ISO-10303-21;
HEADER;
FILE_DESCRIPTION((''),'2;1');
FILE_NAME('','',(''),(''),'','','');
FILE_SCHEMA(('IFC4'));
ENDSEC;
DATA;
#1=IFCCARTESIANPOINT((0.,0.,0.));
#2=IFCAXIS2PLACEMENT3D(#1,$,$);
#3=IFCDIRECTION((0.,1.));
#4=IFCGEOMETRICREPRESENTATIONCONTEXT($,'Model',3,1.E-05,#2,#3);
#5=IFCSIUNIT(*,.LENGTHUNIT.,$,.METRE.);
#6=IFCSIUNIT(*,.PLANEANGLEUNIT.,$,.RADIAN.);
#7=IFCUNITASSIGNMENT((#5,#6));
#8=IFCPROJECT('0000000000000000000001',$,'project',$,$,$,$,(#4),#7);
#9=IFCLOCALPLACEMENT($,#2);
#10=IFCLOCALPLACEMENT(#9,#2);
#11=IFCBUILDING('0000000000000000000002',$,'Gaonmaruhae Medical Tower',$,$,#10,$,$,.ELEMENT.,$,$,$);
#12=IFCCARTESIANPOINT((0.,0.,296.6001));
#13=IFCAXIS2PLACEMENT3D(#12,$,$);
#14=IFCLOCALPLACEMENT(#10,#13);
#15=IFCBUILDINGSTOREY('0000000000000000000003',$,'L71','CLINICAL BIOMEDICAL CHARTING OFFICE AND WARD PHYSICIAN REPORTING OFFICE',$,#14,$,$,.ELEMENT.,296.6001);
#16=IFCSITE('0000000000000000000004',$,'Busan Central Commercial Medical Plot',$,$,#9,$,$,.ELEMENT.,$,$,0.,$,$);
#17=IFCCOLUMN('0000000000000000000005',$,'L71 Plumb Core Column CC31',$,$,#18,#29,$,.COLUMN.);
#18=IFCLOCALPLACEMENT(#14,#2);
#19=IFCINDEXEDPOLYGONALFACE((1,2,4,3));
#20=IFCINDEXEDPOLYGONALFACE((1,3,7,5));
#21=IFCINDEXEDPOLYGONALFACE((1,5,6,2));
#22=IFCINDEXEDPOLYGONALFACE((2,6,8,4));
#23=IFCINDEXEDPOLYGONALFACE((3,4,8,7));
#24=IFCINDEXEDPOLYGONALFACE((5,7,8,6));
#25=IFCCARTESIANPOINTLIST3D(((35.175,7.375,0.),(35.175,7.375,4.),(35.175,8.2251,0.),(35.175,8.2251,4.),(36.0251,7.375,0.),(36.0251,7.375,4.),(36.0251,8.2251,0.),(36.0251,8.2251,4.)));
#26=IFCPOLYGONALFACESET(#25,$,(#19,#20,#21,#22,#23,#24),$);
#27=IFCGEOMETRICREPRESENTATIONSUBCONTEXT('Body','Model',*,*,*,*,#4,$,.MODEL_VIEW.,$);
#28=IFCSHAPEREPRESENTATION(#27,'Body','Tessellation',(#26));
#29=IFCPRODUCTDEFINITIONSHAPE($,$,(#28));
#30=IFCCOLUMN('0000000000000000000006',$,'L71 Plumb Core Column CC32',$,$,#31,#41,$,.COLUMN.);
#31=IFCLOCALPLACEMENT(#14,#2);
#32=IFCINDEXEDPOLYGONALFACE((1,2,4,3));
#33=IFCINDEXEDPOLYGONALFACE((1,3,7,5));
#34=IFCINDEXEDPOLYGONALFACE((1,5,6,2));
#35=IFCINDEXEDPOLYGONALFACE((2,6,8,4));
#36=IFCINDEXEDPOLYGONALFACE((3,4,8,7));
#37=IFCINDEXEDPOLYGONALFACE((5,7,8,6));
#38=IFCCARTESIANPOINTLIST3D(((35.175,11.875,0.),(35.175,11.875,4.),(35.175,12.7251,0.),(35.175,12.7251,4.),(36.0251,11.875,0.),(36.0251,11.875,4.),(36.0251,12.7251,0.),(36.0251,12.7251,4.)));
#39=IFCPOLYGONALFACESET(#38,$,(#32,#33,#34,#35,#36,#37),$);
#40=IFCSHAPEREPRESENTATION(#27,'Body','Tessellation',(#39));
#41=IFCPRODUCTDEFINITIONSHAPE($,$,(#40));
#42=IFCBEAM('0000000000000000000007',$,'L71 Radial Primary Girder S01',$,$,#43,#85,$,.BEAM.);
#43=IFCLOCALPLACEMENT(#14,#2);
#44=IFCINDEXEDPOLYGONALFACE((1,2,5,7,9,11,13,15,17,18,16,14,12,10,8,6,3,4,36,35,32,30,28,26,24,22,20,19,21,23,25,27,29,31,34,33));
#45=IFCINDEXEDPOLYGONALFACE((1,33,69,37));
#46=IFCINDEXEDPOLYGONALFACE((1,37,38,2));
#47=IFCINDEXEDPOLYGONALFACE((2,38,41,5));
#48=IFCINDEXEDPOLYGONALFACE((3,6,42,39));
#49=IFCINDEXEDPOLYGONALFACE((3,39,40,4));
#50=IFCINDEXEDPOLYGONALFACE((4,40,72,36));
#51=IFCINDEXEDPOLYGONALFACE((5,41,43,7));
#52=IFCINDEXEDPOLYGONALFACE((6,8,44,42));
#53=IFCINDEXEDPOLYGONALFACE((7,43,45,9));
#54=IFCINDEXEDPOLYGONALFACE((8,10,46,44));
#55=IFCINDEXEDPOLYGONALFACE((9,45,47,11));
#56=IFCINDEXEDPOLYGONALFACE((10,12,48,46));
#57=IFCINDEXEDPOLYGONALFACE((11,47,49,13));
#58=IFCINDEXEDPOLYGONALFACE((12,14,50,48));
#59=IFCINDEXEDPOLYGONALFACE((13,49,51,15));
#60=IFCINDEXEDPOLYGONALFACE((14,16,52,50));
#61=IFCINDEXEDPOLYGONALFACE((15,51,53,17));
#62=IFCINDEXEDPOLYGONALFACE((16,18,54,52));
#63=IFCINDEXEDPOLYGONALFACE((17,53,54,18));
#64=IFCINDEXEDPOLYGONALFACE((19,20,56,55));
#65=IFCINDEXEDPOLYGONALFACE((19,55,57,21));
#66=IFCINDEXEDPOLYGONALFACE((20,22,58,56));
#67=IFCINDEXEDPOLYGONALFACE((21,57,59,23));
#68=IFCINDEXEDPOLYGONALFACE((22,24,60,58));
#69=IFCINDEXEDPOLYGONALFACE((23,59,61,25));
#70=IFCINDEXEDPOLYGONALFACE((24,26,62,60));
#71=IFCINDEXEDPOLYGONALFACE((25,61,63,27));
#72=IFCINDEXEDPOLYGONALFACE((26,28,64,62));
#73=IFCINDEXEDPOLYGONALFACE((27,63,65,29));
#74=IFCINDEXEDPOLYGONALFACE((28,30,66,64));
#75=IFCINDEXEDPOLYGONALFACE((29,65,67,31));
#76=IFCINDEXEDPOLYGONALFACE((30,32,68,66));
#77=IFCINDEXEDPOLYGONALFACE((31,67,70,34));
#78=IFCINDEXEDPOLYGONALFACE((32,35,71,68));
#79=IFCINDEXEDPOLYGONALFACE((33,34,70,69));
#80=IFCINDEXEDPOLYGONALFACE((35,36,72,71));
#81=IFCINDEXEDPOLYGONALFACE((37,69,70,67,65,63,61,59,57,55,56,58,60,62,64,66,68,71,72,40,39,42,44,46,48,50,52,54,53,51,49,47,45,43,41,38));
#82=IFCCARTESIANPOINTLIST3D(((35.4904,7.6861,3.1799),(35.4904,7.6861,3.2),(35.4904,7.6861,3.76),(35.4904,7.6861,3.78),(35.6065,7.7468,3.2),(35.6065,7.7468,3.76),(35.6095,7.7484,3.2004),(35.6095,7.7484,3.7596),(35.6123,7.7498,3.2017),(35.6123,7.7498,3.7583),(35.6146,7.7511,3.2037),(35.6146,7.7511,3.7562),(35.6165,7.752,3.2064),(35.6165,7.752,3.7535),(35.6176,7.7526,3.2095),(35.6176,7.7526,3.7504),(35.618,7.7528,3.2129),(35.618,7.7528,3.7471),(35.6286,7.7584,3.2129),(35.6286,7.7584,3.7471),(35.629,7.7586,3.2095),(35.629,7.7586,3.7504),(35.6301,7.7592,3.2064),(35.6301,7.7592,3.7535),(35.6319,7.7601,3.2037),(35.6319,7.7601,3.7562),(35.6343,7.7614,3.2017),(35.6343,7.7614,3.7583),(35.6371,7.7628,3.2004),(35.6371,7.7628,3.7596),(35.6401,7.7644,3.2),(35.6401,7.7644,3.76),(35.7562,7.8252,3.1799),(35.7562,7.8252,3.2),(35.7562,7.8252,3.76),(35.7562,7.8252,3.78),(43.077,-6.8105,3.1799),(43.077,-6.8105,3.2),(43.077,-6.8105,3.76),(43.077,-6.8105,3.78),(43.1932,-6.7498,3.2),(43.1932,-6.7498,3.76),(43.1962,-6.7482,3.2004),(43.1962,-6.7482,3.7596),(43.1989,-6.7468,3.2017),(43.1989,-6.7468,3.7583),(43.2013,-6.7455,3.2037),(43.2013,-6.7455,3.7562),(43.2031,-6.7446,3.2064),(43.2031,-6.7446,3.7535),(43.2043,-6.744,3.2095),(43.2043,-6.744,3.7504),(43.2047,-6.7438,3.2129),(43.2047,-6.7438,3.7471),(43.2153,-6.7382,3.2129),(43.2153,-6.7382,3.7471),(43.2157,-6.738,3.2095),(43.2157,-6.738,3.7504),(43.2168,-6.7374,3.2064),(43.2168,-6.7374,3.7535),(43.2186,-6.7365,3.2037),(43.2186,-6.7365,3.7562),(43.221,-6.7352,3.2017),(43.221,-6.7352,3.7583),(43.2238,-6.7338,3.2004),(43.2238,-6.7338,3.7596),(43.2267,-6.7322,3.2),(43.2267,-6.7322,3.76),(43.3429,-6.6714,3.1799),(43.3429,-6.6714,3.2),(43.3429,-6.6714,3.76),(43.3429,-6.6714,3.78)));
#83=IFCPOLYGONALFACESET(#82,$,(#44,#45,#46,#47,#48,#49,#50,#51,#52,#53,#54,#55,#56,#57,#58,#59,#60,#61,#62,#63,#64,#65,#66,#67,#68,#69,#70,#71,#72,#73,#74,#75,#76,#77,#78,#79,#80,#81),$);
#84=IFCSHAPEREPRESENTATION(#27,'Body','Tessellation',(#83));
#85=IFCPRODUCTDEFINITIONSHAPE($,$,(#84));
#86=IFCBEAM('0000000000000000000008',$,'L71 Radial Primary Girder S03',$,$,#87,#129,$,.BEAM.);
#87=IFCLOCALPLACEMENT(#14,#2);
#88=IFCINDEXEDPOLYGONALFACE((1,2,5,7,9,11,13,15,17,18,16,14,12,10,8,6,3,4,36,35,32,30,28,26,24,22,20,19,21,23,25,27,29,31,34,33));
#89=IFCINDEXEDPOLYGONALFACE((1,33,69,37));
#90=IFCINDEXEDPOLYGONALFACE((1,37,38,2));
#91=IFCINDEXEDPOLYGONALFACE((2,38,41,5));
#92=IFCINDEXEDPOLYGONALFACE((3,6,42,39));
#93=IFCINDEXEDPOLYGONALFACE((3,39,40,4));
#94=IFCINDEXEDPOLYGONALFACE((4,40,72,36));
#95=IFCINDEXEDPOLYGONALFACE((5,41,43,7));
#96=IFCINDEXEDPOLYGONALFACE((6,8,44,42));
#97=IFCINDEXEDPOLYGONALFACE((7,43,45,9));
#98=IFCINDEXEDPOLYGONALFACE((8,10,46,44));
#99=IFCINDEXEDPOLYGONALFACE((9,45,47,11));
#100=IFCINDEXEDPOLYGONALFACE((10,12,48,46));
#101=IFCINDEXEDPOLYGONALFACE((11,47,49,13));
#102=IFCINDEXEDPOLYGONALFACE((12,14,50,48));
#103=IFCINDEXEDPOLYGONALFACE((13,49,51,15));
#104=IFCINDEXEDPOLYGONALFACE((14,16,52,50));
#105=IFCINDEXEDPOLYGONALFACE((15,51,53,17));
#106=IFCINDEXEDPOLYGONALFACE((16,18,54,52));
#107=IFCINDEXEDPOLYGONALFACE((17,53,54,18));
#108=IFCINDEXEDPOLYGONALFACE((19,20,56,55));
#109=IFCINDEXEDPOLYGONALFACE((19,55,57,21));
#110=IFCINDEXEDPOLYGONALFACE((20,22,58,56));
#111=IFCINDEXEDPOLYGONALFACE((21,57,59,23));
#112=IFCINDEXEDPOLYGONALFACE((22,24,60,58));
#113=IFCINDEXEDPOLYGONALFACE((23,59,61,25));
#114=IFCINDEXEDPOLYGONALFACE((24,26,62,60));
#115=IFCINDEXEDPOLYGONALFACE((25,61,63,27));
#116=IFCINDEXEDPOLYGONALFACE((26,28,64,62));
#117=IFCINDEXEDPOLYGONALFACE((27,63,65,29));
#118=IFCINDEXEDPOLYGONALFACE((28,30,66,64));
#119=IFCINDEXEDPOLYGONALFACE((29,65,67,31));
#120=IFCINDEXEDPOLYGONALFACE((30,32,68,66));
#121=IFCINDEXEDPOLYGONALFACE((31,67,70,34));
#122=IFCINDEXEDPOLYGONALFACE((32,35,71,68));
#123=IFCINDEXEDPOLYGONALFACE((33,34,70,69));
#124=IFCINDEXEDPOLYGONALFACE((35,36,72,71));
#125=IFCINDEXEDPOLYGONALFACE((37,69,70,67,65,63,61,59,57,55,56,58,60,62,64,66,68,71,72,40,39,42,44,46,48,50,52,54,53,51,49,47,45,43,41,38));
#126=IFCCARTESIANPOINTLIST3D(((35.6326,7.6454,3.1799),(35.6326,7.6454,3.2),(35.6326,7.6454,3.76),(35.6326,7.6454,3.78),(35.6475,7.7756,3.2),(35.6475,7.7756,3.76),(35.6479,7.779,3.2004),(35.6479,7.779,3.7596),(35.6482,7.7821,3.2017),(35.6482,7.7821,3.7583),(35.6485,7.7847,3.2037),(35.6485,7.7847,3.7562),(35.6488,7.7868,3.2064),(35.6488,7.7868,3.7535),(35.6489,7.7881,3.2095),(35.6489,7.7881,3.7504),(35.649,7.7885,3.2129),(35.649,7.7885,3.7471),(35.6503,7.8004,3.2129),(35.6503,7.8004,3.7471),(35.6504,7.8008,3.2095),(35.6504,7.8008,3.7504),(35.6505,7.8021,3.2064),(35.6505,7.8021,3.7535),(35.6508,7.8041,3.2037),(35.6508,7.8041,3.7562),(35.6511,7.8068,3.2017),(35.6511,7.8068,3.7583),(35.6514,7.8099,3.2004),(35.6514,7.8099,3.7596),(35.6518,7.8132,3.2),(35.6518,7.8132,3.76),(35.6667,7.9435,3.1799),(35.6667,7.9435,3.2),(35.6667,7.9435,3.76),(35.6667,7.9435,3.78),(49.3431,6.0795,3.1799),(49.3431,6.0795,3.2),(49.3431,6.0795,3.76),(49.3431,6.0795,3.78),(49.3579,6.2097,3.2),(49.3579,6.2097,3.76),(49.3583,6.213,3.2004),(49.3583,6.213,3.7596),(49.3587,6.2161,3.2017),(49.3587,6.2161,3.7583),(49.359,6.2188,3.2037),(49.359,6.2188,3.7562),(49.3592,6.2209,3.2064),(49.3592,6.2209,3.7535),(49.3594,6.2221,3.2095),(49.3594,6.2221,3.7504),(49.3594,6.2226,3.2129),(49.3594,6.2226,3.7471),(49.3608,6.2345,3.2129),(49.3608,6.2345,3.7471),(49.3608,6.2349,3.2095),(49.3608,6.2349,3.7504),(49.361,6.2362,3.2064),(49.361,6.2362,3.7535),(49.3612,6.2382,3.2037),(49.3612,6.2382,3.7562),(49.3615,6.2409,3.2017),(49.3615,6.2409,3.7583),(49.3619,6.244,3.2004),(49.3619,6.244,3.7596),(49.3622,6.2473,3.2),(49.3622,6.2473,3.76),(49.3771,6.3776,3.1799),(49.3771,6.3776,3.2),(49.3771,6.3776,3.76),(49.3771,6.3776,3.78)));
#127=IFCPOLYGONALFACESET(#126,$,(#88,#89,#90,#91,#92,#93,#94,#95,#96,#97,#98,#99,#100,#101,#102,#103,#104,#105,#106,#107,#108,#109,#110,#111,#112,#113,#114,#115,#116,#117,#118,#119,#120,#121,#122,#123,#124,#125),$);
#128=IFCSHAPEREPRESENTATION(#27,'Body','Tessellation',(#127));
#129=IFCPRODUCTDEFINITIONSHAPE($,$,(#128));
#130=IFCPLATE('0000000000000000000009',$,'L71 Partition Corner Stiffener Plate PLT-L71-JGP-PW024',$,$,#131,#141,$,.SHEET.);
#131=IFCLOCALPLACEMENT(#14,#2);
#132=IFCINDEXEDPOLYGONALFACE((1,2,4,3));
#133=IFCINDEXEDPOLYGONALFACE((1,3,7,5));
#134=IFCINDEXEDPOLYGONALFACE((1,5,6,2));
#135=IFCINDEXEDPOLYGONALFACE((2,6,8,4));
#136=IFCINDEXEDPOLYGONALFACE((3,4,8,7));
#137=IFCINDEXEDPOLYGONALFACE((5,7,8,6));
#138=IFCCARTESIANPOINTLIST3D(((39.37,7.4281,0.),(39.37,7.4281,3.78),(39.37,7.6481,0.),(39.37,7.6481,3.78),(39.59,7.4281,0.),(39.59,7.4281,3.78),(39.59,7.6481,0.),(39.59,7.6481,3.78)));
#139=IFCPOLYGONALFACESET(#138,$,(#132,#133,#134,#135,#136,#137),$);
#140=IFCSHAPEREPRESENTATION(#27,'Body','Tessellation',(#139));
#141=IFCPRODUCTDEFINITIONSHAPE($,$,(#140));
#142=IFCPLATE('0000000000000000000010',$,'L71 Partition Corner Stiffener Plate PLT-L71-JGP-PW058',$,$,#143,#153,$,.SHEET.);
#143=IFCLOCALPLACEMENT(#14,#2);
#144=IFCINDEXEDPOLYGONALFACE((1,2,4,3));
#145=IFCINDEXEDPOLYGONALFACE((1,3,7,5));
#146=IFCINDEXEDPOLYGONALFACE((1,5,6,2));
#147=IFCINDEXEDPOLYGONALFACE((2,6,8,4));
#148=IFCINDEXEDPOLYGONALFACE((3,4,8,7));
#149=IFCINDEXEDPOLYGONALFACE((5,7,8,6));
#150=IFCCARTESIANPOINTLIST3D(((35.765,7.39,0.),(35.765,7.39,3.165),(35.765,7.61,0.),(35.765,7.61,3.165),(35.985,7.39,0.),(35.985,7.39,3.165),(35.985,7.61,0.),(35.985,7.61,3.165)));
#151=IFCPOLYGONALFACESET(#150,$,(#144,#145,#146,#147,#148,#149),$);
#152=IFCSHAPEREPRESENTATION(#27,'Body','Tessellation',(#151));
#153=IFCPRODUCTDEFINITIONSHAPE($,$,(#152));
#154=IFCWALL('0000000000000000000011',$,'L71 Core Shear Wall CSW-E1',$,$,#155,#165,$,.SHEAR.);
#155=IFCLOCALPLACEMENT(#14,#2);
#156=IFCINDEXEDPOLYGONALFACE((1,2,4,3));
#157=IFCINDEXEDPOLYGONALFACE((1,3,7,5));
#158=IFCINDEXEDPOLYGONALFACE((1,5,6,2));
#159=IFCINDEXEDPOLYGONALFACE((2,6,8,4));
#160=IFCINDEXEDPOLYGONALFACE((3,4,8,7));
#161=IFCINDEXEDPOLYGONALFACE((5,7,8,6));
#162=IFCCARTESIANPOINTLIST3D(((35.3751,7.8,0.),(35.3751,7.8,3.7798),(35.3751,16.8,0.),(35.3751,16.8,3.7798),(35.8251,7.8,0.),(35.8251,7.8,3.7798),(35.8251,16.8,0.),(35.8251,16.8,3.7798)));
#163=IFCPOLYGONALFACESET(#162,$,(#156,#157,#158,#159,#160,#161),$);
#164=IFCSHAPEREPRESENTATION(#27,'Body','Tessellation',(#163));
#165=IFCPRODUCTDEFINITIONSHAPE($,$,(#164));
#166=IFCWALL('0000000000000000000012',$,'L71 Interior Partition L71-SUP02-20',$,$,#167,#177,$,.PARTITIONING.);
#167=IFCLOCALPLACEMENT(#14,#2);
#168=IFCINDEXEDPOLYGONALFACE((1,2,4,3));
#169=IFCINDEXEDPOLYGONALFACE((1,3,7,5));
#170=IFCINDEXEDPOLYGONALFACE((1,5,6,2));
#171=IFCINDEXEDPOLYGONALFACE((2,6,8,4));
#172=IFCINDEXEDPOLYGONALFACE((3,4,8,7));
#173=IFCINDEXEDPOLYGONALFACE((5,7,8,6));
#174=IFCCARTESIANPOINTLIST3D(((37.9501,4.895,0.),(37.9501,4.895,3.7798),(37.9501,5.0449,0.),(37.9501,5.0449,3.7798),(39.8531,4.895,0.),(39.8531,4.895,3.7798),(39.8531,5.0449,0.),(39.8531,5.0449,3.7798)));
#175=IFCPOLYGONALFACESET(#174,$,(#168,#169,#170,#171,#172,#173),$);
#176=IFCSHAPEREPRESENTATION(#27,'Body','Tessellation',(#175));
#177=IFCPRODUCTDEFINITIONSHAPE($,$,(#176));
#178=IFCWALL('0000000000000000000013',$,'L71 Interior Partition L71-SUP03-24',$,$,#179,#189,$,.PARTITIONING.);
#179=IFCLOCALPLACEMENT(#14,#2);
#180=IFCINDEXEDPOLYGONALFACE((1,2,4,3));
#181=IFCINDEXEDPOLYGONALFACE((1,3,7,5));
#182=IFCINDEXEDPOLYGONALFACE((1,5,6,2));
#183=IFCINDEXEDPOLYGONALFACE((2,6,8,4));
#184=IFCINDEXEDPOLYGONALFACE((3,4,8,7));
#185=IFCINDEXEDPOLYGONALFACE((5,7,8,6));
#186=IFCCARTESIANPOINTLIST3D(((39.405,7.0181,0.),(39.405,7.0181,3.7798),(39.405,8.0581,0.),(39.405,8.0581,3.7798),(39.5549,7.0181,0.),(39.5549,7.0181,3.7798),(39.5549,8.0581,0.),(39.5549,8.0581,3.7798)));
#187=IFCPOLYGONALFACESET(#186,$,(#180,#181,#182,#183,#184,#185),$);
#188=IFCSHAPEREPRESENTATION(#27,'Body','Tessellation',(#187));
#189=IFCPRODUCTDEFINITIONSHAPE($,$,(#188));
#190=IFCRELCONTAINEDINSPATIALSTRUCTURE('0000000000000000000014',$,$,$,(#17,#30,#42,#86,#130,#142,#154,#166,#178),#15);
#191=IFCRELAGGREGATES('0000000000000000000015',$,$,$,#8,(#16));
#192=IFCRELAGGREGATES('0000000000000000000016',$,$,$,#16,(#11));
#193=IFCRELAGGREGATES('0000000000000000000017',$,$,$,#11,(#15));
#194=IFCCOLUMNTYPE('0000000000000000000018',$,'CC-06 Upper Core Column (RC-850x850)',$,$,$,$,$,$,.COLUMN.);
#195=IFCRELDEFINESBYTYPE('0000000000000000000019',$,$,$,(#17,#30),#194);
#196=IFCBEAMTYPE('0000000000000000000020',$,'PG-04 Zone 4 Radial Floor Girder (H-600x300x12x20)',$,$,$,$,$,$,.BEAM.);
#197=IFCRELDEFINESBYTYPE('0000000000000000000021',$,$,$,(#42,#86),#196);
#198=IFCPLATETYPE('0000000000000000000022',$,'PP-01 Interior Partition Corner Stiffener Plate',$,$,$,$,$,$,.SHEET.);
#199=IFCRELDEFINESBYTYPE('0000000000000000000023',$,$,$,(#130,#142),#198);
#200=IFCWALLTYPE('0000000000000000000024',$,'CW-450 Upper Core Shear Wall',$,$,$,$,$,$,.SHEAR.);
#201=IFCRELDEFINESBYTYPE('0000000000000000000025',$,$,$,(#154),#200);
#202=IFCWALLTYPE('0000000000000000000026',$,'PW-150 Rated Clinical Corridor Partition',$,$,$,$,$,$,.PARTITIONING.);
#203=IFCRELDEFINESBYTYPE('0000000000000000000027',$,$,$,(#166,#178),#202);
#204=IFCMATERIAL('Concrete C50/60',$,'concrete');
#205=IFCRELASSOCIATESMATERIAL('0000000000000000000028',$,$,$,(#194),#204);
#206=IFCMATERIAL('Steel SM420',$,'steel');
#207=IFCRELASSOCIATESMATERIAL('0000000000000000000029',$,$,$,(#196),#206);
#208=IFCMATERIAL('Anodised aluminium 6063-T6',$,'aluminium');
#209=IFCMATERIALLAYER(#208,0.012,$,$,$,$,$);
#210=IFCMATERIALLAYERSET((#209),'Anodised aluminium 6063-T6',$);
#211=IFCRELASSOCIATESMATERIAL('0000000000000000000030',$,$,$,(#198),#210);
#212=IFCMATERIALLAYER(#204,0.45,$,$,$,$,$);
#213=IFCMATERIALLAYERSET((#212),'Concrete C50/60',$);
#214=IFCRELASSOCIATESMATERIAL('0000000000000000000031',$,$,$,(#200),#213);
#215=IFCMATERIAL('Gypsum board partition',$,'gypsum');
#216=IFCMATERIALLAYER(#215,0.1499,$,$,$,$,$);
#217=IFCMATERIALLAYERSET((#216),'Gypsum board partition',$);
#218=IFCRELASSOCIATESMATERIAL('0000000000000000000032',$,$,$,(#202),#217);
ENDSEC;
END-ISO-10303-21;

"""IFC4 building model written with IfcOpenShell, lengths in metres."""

from ifc_helpers import new_model, si_unit, direction, frame, frame_2d, origin, origin_2d, place, context, subcontext, project, spatial, rectangle, i_section, extrude, material, layer, layer_set, material_profile, profile_set, type_object, element, save


model = new_model("IFC4")

# Units and contexts
model_context = context("Model", 3, precision=1e-05, world=origin(), true_north=direction((0.0, 1.0)))
body_context = subcontext(model_context, "Body", "Model", "MODEL_VIEW")
ifc_project = project(units=[si_unit("LENGTHUNIT", "METRE"), si_unit("PLANEANGLEUNIT", "RADIAN")], contexts=[model_context])

# Site, building, storey
site_placement = place(None, origin())
site = spatial("IfcSite", under=ifc_project, at=site_placement, Name="Busan Central Commercial Medical Plot", CompositionType="ELEMENT", RefElevation=0.0)
building_placement = place(site_placement, origin())
building = spatial("IfcBuilding", under=site, at=building_placement, Name="Gaonmaruhae Medical Tower", CompositionType="ELEMENT")
storey_placement = place(building_placement, frame((0.0, 0.0, 296.6001)))
storey = spatial("IfcBuildingStorey", under=building, at=storey_placement, Name="L71", Description="CLINICAL BIOMEDICAL CHARTING OFFICE AND WARD PHYSICIAN REPORTING OFFICE", CompositionType="ELEMENT", Elevation=296.6001)

# Columns
ifc_material_1 = material(Name="Concrete C50/60", Category="concrete")
ifc_material_profile_1 = material_profile(ifc_material_1, rectangle(XDim=0.8501, YDim=0.8501, at=origin_2d()), Name="RC-850x850")
ifc_profile_set_1 = profile_set([ifc_material_profile_1], Name="Concrete C50/60")
column_type = type_object("IfcColumnType", Name="CC-06 Upper Core Column (RC-850x850)", PredefinedType="COLUMN", material=ifc_profile_set_1)
for number, where, z_axis, x_axis, name in (
    (1, (35.6001, 7.8, 0.0), (0.0, 0.0, 1.0), (1.0, 0.0, 0.0), "L71 Plumb Core Column CC31"),
    (2, (35.6001, 12.3, 0.0), (0.0, 0.0, 1.0), (1.0, 0.0, 0.0), "L71 Plumb Core Column CC32"),
):
    element("IfcColumn", number, at=place(storey_placement, frame(where, z_axis=z_axis, x_axis=x_axis)), inside=storey, type_object=column_type, Name=name, PredefinedType="COLUMN", context=body_context, shape_type="SweptSolid", body=[
        extrude(rectangle(XDim=0.8501, YDim=0.8501, at=origin_2d()), origin(), (0.0, 0.0, 1.0), 4.0),
    ])

# Beams
ifc_material_2 = material(Name="Steel SM420", Category="steel")
ifc_material_profile_2 = material_profile(ifc_material_2, i_section(OverallWidth=0.3, OverallDepth=0.6001, WebThickness=0.012, FlangeThickness=0.02, FilletRadius=0.0129, at=origin_2d()), Name="H-600x300x12x20")
ifc_profile_set_2 = profile_set([ifc_material_profile_2], Name="Steel SM420")
beam_type = type_object("IfcBeamType", Name="PG-04 Zone 4 Radial Floor Girder (H-600x300x12x20)", PredefinedType="BEAM", material=ifc_profile_set_2)
beam_1_placement = place(storey_placement, frame((35.6233, 7.7556, 3.48), z_axis=(0.463682, -0.886002, 0.0), x_axis=(0.886002, 0.463682, 0.0)))
element("IfcBeam", 3, at=beam_1_placement, inside=storey, type_object=beam_type, Name="L71 Radial Primary Girder S01", PredefinedType="BEAM", context=body_context, shape_type="SweptSolid", body=[
    extrude(i_section(OverallWidth=0.3, OverallDepth=0.6001, WebThickness=0.012, FlangeThickness=0.02, FilletRadius=0.0129, at=origin_2d()), origin(), (0.0, 0.0, 1.0), 16.3618),
])
beam_2_placement = place(storey_placement, frame((35.6497, 7.7944, 3.48), z_axis=(0.993541, -0.113476, 0.0), x_axis=(0.113476, 0.993541, 0.0)))
element("IfcBeam", 4, at=beam_2_placement, inside=storey, type_object=beam_type, Name="L71 Radial Primary Girder S03", PredefinedType="BEAM", context=body_context, shape_type="SweptSolid", body=[
    extrude(i_section(OverallWidth=0.3, OverallDepth=0.6001, WebThickness=0.012, FlangeThickness=0.02, FilletRadius=0.0129, at=origin_2d()), origin(), (0.0, 0.0, 1.0), 13.7996),
])

# Plates
ifc_material_3 = material(Name="Anodised aluminium 6063-T6", Category="aluminium")
ifc_layer_1 = layer(ifc_material_3, 0.012)
ifc_layer_set_1 = layer_set([ifc_layer_1], Name="Anodised aluminium 6063-T6")
plate_type = type_object("IfcPlateType", Name="PP-01 Interior Partition Corner Stiffener Plate", PredefinedType="SHEET", material=ifc_layer_set_1)
plate_1_placement = place(storey_placement, frame((39.48, 7.5381, 0.0), z_axis=(0.0, 0.0, 1.0), x_axis=(0.0, 1.0, 0.0)))
element("IfcPlate", 5, at=plate_1_placement, inside=storey, type_object=plate_type, Name="L71 Partition Corner Stiffener Plate PLT-L71-JGP-PW024", PredefinedType="SHEET", context=body_context, shape_type="SweptSolid", body=[
    extrude(rectangle(XDim=0.22, YDim=0.22, at=origin_2d()), origin(), (0.0, 0.0, 1.0), 3.78),
])
plate_2_placement = place(storey_placement, frame((35.875, 7.5, 0.0), z_axis=(0.0, 0.0, 1.0), x_axis=(1.0, 0.0, 0.0)))
element("IfcPlate", 6, at=plate_2_placement, inside=storey, type_object=plate_type, Name="L71 Partition Corner Stiffener Plate PLT-L71-JGP-PW058", PredefinedType="SHEET", context=body_context, shape_type="SweptSolid", body=[
    extrude(rectangle(XDim=0.22, YDim=0.22, at=origin_2d()), origin(), (0.0, 0.0, 1.0), 3.165),
])

# Walls
ifc_layer_2 = layer(ifc_material_1, 0.45)
ifc_layer_set_2 = layer_set([ifc_layer_2], Name="Concrete C50/60")
wall_type_1 = type_object("IfcWallType", Name="CW-450 Upper Core Shear Wall", PredefinedType="SHEAR", material=ifc_layer_set_2)
wall_1_placement = place(storey_placement, frame((35.6001, 7.8, 0.0), z_axis=(0.0, 0.0, 1.0), x_axis=(0.0, 1.0, 0.0)))
element("IfcWall", 7, at=wall_1_placement, inside=storey, type_object=wall_type_1, Name="L71 Core Shear Wall CSW-E1", PredefinedType="SHEAR", context=body_context, shape_type="SweptSolid", body=[
    extrude(rectangle(XDim=9.0, YDim=0.45, at=frame_2d((4.5, 0.0))), origin(), (0.0, 0.0, 1.0), 3.7798),
])
ifc_material_4 = material(Name="Gypsum board partition", Category="gypsum")
ifc_layer_3 = layer(ifc_material_4, 0.1499)
ifc_layer_set_3 = layer_set([ifc_layer_3], Name="Gypsum board partition")
wall_type_2 = type_object("IfcWallType", Name="PW-150 Rated Clinical Corridor Partition", PredefinedType="PARTITIONING", material=ifc_layer_set_3)
wall_2_placement = place(storey_placement, frame((37.95, 4.97, 0.0), z_axis=(0.0, 0.0, 1.0), x_axis=(1.0, 0.0, 0.0)))
element("IfcWall", 8, at=wall_2_placement, inside=storey, type_object=wall_type_2, Name="L71 Interior Partition L71-SUP02-20", PredefinedType="PARTITIONING", context=body_context, shape_type="SweptSolid", body=[
    extrude(rectangle(XDim=1.9031, YDim=0.1499, at=frame_2d((0.9517, 0.0))), origin(), (0.0, 0.0, 1.0), 3.7798),
])
wall_3_placement = place(storey_placement, frame((39.48, 7.0181, 0.0), z_axis=(0.0, 0.0, 1.0), x_axis=(0.0, 1.0, 0.0)))
element("IfcWall", 9, at=wall_3_placement, inside=storey, type_object=wall_type_2, Name="L71 Interior Partition L71-SUP03-24", PredefinedType="PARTITIONING", context=body_context, shape_type="SweptSolid", body=[
    extrude(rectangle(XDim=1.04, YDim=0.1499, at=frame_2d((0.52, 0.0))), origin(), (0.0, 0.0, 1.0), 3.7798),
])

save(model, "model.ifc")
